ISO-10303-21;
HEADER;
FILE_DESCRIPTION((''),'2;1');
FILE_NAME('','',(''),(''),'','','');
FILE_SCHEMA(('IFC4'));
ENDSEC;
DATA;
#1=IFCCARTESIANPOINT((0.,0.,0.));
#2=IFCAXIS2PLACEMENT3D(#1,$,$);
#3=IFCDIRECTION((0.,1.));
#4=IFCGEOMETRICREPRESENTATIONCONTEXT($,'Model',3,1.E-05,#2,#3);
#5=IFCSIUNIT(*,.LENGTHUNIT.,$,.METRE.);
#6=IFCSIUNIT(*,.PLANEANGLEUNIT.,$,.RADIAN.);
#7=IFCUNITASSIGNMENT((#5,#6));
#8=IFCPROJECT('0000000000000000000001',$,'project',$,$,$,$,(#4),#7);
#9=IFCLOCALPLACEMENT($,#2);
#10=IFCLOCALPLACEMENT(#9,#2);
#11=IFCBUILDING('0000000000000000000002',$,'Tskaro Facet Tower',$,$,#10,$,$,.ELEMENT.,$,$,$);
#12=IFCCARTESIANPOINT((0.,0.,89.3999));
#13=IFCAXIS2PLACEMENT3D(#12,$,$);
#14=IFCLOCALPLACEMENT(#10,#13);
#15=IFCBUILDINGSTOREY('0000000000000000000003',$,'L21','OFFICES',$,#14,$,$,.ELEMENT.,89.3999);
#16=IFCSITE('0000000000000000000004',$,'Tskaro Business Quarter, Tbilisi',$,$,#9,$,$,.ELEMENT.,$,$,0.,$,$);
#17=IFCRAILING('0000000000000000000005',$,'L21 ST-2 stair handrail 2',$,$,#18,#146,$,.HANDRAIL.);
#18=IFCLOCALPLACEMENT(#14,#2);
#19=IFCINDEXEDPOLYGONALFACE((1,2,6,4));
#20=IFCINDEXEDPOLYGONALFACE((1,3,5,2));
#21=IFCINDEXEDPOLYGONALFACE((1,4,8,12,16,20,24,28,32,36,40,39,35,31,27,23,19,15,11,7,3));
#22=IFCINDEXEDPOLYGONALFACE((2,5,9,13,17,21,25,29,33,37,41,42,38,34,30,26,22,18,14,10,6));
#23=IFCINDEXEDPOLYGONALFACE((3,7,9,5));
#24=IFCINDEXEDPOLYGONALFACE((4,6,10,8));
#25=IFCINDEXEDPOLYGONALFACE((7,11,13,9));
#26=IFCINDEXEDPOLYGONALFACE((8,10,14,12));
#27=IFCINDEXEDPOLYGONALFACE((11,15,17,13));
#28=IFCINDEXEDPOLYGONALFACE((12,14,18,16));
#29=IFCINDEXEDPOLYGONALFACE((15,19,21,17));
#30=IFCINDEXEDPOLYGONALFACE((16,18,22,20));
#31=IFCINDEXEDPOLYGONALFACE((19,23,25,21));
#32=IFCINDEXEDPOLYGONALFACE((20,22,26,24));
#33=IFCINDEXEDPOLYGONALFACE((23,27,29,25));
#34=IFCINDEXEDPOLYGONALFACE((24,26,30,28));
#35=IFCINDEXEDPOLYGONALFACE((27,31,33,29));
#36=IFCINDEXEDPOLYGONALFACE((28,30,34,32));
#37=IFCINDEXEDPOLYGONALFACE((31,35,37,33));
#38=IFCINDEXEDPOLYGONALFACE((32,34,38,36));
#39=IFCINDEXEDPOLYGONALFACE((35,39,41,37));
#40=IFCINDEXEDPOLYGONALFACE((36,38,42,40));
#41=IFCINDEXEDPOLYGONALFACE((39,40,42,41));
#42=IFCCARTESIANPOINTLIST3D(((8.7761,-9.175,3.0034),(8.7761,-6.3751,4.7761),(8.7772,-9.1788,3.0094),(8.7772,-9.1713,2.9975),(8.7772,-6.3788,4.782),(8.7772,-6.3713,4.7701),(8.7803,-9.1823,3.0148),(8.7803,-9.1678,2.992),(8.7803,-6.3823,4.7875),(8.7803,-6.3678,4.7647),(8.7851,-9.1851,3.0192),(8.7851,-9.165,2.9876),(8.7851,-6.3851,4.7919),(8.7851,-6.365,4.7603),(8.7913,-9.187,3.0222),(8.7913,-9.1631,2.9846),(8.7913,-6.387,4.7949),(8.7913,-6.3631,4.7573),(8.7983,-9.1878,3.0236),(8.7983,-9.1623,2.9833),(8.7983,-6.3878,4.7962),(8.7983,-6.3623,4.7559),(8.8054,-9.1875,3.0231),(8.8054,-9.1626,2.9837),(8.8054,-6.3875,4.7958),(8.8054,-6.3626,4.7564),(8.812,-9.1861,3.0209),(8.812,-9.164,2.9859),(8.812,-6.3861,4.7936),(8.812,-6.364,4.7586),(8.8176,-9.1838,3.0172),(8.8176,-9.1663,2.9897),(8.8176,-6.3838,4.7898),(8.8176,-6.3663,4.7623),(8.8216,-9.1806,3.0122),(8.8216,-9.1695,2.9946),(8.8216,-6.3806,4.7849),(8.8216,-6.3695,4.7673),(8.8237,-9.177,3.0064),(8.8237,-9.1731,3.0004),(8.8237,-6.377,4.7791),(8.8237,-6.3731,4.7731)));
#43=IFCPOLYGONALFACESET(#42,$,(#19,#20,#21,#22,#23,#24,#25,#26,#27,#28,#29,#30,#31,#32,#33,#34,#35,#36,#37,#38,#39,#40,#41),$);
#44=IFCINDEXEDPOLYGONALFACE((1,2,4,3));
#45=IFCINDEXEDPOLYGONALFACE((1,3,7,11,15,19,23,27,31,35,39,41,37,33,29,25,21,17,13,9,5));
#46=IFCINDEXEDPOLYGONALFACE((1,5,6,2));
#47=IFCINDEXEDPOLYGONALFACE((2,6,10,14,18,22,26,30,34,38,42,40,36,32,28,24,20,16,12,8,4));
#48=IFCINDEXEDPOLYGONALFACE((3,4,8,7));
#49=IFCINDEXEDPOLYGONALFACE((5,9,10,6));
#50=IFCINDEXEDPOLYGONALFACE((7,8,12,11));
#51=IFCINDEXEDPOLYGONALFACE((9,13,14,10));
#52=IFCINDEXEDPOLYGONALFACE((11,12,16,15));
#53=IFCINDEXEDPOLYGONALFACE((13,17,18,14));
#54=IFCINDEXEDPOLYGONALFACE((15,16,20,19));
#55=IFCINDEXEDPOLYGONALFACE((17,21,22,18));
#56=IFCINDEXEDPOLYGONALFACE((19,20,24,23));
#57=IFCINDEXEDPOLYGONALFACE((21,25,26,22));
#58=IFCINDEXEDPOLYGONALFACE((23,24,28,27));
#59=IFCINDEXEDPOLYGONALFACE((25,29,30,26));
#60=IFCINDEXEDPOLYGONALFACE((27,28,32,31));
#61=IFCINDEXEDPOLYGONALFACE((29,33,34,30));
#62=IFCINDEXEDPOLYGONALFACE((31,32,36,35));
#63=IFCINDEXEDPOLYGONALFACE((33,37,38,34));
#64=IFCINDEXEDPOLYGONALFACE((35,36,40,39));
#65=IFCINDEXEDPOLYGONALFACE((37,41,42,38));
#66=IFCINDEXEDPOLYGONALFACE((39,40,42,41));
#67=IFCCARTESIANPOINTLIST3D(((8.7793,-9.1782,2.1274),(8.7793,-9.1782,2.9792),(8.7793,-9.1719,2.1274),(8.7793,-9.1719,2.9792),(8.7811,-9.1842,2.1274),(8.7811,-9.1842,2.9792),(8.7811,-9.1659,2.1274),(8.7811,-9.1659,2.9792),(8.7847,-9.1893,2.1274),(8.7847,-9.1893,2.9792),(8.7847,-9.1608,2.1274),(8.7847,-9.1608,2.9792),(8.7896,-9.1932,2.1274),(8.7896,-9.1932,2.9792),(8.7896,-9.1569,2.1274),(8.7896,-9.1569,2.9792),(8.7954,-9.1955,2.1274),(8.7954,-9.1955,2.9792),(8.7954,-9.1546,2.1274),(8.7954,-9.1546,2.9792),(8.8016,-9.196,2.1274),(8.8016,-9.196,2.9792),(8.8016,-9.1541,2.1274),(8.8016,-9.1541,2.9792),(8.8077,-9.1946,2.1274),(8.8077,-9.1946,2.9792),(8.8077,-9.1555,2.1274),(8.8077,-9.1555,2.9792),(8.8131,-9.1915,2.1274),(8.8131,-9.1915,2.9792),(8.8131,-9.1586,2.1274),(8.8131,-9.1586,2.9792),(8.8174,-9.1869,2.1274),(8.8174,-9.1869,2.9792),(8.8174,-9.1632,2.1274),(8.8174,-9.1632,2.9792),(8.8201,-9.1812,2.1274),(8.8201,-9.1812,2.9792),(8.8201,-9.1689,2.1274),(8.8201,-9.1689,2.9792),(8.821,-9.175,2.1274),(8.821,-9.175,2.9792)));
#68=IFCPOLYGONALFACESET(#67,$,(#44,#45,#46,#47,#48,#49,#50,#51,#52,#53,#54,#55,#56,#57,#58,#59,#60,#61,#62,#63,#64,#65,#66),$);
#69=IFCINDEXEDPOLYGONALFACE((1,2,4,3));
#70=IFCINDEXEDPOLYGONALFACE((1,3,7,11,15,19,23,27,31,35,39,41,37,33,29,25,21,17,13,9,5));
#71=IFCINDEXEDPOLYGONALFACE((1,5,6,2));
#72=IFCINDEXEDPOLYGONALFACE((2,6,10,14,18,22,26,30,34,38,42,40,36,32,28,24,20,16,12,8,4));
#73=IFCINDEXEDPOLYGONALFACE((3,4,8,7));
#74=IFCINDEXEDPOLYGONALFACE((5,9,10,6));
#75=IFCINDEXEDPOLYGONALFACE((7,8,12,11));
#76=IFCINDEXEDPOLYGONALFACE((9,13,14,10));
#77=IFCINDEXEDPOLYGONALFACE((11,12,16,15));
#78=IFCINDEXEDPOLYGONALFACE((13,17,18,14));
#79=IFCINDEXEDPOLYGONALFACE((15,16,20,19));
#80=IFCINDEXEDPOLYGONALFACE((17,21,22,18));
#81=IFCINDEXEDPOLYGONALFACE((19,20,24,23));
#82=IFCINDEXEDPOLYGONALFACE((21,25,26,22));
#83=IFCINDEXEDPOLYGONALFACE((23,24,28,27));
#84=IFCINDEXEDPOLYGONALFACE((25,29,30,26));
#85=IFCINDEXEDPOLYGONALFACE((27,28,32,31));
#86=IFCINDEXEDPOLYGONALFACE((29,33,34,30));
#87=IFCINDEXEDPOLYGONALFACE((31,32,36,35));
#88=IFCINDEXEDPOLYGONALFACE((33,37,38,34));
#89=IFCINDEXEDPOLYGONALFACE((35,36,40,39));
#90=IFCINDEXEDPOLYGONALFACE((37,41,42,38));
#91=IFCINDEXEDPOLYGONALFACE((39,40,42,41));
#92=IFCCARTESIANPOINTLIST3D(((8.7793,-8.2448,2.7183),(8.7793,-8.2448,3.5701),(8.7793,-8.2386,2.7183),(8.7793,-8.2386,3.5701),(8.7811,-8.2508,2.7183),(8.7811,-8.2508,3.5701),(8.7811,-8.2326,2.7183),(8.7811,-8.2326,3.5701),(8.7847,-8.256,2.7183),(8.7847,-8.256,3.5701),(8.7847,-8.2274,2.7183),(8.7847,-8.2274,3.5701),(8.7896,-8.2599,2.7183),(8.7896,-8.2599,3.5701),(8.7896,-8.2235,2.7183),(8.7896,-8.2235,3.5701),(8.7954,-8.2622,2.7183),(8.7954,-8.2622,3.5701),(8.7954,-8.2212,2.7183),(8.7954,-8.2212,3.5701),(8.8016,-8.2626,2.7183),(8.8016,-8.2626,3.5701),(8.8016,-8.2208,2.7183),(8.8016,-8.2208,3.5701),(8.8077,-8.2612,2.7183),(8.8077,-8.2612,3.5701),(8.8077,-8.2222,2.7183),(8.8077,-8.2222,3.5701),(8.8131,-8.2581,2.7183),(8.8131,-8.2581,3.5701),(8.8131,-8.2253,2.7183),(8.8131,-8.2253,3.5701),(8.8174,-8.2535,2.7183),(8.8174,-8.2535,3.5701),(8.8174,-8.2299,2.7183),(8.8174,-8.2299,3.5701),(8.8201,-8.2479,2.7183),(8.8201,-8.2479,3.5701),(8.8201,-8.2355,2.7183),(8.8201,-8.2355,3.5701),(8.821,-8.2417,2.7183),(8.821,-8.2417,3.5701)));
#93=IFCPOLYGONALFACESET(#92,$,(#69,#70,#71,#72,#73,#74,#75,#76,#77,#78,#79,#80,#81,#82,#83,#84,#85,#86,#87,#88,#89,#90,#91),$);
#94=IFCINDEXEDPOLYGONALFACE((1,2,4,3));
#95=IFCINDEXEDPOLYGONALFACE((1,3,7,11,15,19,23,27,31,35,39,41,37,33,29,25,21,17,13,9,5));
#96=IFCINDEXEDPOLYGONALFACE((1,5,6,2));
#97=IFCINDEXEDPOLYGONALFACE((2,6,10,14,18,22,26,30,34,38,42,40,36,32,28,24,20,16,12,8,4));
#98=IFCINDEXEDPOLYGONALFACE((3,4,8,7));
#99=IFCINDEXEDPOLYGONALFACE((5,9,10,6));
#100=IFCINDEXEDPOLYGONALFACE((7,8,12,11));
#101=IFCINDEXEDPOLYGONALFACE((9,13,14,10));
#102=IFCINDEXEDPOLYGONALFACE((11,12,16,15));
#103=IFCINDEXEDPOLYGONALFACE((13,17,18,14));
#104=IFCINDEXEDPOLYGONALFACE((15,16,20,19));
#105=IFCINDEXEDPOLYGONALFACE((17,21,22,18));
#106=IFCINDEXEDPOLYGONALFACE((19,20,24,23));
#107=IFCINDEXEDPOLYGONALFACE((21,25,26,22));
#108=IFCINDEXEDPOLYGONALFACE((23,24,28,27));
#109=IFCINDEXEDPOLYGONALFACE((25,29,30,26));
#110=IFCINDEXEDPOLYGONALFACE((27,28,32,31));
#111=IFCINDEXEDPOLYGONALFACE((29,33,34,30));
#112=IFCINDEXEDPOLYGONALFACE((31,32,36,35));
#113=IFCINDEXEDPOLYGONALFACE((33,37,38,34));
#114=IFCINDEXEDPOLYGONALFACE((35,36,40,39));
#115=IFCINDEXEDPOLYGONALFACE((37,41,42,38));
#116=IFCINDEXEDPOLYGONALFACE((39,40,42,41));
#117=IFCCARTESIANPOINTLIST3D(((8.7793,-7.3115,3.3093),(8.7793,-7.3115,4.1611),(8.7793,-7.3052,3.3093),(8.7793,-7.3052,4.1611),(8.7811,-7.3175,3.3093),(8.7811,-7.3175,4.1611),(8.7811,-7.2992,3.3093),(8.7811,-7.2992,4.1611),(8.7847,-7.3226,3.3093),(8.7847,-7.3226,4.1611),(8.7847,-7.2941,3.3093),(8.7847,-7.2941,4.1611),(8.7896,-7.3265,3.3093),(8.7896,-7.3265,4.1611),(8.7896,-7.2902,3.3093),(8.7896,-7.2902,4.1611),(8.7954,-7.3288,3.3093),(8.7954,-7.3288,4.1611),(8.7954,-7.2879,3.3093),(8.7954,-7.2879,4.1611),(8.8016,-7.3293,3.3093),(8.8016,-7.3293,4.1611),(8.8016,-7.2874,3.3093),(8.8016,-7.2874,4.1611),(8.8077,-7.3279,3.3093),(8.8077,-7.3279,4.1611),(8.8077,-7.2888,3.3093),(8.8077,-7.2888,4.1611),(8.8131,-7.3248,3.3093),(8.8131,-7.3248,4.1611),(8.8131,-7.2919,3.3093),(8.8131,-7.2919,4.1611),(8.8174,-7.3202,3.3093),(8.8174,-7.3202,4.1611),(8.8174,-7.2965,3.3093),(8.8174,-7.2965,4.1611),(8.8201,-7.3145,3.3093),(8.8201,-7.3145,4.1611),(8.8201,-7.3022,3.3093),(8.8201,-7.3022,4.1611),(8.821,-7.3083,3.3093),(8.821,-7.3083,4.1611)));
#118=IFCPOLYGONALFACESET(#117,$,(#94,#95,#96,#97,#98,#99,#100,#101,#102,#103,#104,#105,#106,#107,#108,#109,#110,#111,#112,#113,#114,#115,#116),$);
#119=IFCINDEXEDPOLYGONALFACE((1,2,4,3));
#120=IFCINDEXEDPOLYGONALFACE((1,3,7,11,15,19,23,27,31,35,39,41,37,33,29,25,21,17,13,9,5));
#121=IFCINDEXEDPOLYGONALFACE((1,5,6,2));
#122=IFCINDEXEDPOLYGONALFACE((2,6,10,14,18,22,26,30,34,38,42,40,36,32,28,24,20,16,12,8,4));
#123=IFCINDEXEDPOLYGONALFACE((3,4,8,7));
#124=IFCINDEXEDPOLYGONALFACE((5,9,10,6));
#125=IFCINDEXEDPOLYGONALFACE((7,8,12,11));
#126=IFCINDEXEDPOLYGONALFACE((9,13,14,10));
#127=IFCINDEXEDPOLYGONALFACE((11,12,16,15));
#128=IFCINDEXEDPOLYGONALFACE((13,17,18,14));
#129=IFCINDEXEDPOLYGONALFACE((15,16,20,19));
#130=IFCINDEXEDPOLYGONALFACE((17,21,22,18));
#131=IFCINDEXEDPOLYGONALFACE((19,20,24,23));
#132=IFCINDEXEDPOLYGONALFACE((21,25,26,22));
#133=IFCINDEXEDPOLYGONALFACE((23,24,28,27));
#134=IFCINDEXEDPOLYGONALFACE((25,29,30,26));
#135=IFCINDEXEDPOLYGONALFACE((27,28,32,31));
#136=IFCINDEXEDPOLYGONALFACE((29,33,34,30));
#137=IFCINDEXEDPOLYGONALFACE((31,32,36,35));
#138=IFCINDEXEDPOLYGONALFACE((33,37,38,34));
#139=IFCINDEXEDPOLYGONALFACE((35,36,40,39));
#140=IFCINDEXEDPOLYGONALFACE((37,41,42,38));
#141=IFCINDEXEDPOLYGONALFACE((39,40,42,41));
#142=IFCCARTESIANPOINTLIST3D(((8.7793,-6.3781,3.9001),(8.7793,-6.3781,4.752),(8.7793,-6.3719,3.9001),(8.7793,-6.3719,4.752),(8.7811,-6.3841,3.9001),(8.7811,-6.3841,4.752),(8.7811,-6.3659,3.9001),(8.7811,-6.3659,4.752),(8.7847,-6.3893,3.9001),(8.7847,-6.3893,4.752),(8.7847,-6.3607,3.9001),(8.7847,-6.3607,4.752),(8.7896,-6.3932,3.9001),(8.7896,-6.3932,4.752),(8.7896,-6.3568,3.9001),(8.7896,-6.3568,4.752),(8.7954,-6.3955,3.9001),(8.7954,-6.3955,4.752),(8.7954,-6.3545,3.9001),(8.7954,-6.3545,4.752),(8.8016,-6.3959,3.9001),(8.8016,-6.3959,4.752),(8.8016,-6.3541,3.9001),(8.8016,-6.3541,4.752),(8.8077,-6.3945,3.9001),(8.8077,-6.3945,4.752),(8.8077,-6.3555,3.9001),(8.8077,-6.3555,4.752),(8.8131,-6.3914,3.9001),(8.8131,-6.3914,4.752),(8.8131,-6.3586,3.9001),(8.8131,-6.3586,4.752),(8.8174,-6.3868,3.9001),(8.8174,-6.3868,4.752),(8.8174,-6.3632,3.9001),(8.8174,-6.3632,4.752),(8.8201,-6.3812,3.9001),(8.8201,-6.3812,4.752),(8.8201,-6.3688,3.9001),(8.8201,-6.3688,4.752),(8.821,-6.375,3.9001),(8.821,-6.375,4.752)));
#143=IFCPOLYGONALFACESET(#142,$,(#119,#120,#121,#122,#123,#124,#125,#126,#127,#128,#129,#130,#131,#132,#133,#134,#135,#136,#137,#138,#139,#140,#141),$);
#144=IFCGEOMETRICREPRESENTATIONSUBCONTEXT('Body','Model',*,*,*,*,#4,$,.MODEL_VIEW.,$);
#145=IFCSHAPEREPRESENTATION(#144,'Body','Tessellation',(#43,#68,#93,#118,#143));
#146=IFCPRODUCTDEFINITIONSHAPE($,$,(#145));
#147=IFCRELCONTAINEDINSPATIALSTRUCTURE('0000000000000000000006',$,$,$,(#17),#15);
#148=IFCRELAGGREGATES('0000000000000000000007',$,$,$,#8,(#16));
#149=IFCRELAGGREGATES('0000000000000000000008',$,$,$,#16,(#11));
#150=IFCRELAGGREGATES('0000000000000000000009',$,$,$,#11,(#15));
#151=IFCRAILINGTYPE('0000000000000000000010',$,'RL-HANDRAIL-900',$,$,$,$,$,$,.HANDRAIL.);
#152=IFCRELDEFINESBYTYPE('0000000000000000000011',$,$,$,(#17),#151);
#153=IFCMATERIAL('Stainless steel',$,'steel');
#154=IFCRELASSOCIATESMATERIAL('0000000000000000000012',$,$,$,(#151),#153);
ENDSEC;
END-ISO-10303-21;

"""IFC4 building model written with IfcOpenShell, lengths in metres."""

from ifc_helpers import new_model, si_unit, direction, frame, origin, origin_2d, place, context, subcontext, project, spatial, circle, extrude, material, type_object, element, save


model = new_model("IFC4")

# Units and contexts
model_context = context("Model", 3, precision=1e-05, world=origin(), true_north=direction((0.0, 1.0)))
body_context = subcontext(model_context, "Body", "Model", "MODEL_VIEW")
ifc_project = project(units=[si_unit("LENGTHUNIT", "METRE"), si_unit("PLANEANGLEUNIT", "RADIAN")], contexts=[model_context])

# Site, building, storey
site_placement = place(None, origin())
site = spatial("IfcSite", under=ifc_project, at=site_placement, Name="Tskaro Business Quarter, Tbilisi", CompositionType="ELEMENT", RefElevation=0.0)
building_placement = place(site_placement, origin())
building = spatial("IfcBuilding", under=site, at=building_placement, Name="Tskaro Facet Tower", CompositionType="ELEMENT")
storey_placement = place(building_placement, frame((0.0, 0.0, 89.3999)))
storey = spatial("IfcBuildingStorey", under=building, at=storey_placement, Name="L21", Description="OFFICES", CompositionType="ELEMENT", Elevation=89.3999)

# Railing
ifc_material_1 = material(Name="Stainless steel", Category="steel")
railing_type_1 = type_object("IfcRailingType", Name="RL-HANDRAIL-900", PredefinedType="HANDRAIL", material=ifc_material_1)
railing_1_placement = place(storey_placement, frame((8.8, -9.175, 2.1274)))
element("IfcRailing", 1, at=railing_1_placement, inside=storey, type_object=railing_type_1, Name="L21 ST-2 stair handrail 2", PredefinedType="HANDRAIL", context=body_context, shape_type="SweptSolid", body=[
    extrude(circle(Radius=0.0239, at=origin_2d()), frame((0.0, 0.0, 0.876), z_axis=(0.0, 0.844909, 0.53491), x_axis=(-1.0, 0.0, 0.0)), (0.0, 0.0, 1.0), 3.314),
    extrude(circle(Radius=0.021, at=origin_2d()), origin(), (0.0, 0.0, 1.0), 0.8518),
    extrude(circle(Radius=0.021, at=origin_2d()), frame((0.0, 0.9333, 0.5908)), (0.0, 0.0, 1.0), 0.8518),
    extrude(circle(Radius=0.021, at=origin_2d()), frame((0.0, 1.8667, 1.1819)), (0.0, 0.0, 1.0), 0.8518),
    extrude(circle(Radius=0.021, at=origin_2d()), frame((0.0, 2.8, 1.7727)), (0.0, 0.0, 1.0), 0.8518),
])

save(model, "model.ifc")
